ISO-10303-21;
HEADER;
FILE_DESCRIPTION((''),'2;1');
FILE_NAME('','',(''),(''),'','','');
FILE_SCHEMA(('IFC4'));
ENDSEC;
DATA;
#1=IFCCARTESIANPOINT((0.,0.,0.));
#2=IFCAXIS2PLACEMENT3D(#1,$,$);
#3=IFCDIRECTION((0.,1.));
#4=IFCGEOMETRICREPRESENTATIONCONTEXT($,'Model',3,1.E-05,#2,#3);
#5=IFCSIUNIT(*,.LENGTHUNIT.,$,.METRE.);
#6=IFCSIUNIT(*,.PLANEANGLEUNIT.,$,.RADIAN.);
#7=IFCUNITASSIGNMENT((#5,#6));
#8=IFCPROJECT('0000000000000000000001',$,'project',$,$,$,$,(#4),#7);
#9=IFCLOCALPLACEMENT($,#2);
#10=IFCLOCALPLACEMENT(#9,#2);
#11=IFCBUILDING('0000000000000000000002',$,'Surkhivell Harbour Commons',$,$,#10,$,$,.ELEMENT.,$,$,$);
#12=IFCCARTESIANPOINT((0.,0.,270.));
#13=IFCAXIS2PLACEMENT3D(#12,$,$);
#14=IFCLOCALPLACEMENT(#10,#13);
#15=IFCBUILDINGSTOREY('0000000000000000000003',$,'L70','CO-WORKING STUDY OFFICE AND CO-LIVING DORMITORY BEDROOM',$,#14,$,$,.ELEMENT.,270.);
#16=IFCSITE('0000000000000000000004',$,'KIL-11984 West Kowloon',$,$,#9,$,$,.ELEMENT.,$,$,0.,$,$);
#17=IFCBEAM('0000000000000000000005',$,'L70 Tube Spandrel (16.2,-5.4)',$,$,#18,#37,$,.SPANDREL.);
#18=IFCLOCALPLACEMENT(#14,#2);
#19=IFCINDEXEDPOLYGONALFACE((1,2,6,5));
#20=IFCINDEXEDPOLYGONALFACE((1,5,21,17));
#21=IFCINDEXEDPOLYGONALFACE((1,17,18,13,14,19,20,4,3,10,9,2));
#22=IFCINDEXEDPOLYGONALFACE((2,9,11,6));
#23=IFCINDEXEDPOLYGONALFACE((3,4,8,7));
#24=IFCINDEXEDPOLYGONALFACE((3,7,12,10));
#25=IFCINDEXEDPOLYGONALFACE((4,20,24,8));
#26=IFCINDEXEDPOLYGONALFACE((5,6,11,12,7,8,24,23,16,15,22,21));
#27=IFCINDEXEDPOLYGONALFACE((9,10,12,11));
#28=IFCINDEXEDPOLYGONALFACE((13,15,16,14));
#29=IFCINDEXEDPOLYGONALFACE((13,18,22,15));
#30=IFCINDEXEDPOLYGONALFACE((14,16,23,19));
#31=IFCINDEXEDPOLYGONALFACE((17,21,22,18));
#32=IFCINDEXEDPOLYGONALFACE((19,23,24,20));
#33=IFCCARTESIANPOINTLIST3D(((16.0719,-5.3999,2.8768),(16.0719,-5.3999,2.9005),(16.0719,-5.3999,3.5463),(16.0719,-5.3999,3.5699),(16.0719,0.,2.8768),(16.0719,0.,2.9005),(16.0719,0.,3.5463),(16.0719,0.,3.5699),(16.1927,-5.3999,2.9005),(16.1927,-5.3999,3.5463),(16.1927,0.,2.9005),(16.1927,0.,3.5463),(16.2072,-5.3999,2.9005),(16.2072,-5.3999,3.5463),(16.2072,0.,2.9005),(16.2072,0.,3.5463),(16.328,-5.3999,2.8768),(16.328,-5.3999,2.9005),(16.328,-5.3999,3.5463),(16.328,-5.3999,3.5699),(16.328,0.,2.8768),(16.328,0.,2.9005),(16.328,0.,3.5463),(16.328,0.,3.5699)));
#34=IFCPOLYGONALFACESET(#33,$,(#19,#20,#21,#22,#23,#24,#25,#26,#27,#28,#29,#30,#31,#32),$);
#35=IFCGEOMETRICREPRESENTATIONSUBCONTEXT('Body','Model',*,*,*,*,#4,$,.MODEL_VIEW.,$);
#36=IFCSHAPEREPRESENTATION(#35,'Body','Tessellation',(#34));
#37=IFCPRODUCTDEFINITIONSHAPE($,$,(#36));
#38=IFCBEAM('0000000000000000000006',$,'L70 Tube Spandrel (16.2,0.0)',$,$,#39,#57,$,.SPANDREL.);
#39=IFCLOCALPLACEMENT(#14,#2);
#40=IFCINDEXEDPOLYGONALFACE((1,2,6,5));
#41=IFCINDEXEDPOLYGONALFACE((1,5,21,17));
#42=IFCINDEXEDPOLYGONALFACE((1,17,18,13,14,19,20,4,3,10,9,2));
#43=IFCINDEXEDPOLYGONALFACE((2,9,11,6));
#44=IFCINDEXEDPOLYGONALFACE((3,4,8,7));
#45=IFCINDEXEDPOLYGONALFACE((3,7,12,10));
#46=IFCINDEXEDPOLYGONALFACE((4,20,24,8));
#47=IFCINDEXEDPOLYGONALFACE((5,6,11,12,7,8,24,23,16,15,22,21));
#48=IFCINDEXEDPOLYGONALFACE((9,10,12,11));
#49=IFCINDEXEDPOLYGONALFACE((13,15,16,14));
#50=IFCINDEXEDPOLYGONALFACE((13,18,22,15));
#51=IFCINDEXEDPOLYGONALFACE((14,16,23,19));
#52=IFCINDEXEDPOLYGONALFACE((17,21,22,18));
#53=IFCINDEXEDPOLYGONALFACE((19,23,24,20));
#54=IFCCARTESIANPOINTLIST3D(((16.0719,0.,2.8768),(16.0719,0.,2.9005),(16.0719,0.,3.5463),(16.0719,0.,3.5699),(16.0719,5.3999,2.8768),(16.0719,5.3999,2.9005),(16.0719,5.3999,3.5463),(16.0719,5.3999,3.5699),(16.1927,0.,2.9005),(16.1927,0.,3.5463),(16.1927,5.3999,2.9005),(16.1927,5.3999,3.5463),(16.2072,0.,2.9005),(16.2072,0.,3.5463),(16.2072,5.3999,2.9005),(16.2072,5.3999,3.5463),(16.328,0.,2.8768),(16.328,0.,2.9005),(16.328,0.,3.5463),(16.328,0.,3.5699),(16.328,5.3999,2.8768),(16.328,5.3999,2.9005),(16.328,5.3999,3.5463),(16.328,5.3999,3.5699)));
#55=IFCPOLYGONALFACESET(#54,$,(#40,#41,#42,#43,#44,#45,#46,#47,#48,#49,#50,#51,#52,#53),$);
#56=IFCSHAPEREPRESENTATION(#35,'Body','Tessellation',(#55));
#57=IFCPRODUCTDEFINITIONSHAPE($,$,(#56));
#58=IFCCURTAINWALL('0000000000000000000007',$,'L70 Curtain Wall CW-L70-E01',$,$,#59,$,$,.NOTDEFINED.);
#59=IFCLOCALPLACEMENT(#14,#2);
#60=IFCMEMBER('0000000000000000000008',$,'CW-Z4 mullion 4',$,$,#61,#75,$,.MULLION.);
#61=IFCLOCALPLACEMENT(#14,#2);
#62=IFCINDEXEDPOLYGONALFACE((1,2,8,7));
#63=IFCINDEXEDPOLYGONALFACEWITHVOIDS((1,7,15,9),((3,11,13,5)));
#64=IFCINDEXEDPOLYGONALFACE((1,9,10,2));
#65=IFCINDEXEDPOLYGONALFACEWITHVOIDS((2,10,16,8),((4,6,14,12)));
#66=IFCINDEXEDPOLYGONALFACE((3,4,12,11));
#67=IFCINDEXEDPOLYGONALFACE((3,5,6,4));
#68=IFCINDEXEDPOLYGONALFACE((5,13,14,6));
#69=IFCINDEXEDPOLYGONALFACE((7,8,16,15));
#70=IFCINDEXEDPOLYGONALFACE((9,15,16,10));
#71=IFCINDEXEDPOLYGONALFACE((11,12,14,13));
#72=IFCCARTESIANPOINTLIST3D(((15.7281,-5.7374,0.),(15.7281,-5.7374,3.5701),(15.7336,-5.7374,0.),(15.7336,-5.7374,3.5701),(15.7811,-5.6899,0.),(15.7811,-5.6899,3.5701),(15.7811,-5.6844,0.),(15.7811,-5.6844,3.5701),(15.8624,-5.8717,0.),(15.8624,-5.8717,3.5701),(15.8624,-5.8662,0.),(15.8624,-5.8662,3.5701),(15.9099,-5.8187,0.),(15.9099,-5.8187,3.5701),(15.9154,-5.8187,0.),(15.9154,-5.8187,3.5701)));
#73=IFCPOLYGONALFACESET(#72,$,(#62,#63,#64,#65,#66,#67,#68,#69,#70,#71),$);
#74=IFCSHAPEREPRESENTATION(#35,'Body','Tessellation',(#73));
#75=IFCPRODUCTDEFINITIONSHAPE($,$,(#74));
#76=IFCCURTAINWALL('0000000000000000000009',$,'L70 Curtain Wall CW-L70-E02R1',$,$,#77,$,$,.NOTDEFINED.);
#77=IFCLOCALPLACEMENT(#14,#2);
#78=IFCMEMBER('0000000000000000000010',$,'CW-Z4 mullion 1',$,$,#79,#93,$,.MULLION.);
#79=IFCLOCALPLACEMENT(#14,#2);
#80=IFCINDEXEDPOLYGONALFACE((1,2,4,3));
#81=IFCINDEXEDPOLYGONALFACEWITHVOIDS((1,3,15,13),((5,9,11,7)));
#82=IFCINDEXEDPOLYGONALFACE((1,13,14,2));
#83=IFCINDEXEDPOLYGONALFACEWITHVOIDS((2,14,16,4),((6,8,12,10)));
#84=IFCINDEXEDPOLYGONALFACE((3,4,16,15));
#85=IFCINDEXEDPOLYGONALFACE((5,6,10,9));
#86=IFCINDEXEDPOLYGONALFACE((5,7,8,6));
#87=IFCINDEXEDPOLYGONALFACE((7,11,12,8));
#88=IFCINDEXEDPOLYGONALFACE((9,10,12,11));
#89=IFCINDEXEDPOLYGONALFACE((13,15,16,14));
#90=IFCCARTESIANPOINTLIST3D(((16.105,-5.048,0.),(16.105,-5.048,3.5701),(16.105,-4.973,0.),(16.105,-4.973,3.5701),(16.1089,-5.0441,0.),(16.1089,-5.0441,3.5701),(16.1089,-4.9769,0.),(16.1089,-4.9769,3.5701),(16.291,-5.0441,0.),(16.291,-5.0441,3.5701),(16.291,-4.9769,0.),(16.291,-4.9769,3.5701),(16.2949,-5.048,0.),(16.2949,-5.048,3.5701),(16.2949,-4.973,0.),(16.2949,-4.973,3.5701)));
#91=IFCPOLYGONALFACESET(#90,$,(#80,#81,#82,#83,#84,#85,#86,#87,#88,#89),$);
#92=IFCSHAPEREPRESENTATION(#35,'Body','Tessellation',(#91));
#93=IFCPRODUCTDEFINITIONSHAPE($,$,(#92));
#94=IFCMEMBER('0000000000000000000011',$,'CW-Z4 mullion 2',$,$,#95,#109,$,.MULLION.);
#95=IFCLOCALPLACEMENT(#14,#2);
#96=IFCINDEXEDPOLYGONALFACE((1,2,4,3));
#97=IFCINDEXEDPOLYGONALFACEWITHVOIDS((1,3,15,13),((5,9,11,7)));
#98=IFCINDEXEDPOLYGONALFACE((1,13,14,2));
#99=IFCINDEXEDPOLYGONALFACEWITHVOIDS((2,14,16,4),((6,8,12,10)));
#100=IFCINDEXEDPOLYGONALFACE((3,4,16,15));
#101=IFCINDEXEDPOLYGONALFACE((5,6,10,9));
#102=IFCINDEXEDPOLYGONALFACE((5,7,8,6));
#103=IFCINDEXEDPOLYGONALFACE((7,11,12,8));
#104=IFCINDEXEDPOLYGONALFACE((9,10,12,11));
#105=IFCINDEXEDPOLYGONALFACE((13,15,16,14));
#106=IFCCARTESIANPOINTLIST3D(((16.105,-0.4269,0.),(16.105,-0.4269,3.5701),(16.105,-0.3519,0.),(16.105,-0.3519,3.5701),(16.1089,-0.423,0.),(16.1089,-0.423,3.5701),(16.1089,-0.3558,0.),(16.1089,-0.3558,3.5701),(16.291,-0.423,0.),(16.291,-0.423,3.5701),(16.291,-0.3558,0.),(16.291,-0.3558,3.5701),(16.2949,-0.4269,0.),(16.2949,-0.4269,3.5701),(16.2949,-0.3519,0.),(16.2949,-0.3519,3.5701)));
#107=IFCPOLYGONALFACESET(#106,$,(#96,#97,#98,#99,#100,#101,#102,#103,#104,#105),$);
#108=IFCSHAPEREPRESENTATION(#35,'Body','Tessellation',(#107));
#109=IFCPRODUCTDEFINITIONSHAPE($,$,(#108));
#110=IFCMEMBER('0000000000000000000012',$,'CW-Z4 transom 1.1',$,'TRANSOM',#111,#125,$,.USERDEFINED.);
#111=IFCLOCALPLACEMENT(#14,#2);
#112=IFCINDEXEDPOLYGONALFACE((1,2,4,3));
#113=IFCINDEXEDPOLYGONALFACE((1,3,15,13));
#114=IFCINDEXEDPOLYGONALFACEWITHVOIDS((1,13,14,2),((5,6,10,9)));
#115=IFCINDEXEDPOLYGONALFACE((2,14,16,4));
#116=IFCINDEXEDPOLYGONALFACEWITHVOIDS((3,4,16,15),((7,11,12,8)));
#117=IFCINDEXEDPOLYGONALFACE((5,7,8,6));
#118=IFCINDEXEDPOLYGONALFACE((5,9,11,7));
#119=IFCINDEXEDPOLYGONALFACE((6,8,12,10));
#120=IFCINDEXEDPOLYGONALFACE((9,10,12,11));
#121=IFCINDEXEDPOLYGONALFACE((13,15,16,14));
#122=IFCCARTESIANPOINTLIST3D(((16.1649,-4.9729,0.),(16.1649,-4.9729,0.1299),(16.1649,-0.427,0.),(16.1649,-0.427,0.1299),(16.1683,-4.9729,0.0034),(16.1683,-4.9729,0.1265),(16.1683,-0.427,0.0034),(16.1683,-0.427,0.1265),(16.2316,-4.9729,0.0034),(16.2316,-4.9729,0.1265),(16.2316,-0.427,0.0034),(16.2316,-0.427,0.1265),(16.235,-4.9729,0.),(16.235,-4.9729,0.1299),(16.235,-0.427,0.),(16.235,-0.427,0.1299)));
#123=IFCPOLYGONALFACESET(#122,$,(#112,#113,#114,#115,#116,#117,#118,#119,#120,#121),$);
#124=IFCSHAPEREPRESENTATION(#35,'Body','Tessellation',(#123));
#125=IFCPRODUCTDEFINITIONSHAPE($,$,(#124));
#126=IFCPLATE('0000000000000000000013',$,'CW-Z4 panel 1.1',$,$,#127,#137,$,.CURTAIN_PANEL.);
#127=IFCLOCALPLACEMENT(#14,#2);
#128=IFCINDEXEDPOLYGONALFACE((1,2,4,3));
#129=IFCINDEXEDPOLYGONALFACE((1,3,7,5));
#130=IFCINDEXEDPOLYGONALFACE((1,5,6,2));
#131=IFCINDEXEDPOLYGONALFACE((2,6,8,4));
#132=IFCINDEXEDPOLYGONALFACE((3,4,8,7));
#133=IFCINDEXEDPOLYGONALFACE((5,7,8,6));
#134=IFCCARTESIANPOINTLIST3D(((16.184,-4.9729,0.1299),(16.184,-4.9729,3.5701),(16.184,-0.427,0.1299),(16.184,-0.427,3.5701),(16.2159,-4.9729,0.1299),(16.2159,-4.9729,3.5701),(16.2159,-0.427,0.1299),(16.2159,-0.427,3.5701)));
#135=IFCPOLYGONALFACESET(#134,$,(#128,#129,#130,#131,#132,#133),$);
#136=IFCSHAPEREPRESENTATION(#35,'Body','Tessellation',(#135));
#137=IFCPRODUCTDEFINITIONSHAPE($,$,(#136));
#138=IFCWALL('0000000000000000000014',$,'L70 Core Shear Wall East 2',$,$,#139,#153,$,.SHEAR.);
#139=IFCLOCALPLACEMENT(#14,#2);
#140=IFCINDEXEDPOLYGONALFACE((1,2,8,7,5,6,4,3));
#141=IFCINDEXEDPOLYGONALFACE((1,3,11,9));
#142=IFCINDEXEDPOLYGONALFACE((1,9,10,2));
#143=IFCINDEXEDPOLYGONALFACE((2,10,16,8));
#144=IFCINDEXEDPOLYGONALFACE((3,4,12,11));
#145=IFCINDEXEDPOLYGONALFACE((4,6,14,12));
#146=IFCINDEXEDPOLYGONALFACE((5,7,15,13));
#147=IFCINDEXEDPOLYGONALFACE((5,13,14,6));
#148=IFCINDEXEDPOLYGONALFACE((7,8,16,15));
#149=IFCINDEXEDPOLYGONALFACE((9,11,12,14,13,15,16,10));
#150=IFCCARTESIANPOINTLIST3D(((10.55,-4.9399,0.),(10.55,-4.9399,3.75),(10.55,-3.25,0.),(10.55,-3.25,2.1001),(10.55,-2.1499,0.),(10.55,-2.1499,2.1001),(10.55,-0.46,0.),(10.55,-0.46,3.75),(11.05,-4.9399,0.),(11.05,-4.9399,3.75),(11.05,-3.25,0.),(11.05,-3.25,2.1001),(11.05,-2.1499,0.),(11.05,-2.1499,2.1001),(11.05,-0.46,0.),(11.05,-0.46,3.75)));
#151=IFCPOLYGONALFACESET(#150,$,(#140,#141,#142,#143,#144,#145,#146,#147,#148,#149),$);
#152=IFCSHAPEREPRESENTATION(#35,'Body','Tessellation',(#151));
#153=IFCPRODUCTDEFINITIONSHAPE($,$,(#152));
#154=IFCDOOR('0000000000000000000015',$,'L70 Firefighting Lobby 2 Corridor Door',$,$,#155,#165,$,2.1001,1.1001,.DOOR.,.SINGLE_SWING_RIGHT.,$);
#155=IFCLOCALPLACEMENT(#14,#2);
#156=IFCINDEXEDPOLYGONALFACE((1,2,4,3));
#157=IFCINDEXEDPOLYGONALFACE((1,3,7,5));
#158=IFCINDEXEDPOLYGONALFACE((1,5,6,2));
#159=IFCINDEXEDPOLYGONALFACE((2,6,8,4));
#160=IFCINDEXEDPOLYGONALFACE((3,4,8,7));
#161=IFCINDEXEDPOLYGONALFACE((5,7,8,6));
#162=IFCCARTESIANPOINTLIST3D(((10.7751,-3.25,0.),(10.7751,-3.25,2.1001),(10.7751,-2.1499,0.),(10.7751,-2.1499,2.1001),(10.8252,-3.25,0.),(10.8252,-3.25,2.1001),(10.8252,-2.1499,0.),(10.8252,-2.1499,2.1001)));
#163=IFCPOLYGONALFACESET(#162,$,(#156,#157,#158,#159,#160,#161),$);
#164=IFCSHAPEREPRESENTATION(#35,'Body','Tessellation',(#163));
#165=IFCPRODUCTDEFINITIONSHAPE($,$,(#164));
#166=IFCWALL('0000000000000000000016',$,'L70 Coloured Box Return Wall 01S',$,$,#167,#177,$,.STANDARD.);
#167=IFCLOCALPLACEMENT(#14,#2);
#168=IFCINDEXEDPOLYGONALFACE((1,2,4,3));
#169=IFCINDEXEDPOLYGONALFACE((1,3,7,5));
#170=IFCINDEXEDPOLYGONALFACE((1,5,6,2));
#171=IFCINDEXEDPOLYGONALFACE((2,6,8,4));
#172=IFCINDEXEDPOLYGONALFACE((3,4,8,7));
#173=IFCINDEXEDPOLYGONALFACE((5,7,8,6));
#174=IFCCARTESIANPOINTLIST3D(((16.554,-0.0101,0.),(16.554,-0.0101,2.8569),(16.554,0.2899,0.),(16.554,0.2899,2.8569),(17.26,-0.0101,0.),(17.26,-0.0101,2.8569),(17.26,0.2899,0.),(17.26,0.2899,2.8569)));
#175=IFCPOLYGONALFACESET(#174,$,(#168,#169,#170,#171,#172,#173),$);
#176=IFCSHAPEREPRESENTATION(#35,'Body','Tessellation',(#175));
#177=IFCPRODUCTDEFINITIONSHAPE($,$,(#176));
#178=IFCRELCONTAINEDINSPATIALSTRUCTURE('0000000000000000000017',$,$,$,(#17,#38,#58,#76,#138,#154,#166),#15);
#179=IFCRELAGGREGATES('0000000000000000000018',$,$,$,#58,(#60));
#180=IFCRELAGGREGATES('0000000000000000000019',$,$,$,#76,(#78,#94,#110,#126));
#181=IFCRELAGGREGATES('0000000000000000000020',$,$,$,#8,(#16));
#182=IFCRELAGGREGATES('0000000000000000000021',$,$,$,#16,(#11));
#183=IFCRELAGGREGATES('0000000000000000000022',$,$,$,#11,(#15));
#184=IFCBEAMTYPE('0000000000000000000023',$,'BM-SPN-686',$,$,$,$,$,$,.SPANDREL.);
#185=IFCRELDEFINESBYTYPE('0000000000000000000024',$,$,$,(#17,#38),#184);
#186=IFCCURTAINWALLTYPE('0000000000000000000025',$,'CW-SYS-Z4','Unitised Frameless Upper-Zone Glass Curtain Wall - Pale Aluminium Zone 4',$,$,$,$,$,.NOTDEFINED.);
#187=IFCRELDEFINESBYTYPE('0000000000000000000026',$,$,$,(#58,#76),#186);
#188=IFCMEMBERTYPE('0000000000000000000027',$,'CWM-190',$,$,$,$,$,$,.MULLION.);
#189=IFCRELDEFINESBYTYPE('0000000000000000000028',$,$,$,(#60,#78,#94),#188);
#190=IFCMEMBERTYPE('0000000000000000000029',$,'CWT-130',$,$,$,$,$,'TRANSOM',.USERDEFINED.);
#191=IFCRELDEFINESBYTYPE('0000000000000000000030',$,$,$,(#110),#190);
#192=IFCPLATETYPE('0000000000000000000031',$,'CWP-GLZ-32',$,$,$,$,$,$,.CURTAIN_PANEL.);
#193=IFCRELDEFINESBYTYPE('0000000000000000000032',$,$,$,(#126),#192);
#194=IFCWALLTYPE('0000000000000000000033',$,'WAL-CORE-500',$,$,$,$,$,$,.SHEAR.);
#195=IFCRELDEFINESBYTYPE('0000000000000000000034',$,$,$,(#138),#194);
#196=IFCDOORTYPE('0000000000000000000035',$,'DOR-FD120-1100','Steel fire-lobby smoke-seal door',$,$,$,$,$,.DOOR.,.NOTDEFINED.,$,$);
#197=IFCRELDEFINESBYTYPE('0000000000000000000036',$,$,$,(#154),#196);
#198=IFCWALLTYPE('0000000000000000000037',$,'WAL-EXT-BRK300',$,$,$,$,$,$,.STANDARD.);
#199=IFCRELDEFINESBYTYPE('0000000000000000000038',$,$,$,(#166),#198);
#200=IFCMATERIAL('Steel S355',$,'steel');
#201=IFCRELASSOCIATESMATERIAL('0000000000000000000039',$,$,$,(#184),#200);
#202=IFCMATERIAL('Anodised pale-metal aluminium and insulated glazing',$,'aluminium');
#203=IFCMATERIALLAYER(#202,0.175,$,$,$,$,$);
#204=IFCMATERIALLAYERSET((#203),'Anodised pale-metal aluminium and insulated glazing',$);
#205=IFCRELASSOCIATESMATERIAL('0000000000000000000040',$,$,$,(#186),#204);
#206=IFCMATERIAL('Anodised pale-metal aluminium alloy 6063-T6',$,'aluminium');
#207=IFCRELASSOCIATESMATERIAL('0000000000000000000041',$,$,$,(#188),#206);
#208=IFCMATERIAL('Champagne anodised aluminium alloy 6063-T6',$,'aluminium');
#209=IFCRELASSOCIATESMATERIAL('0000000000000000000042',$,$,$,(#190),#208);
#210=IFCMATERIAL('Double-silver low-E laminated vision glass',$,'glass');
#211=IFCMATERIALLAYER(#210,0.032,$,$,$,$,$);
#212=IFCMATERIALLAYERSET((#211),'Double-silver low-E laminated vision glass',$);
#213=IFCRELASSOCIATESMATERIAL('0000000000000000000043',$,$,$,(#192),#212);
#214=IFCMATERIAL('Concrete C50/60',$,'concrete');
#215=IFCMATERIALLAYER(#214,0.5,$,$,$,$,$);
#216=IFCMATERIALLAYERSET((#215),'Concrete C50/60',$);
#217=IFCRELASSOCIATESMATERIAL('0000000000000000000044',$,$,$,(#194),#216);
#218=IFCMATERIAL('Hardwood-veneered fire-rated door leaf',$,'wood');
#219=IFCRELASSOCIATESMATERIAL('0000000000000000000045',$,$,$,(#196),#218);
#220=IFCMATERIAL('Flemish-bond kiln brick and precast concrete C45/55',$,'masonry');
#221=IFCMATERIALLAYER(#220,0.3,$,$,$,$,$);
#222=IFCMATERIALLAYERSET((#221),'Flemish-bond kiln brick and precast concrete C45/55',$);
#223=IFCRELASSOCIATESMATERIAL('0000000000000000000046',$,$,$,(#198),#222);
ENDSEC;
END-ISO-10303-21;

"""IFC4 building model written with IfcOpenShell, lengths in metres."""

from ifc_helpers import new_model, si_unit, direction, frame, frame_2d, origin, origin_2d, place, context, subcontext, project, spatial, rectangle, hollow_rectangle, i_section, extrude, material, layer, layer_set, material_profile, profile_set, type_object, element, fill, aggregate, save


model = new_model("IFC4")

# Units and contexts
model_context = context("Model", 3, precision=1e-05, world=origin(), true_north=direction((0.0, 1.0)))
body_context = subcontext(model_context, "Body", "Model", "MODEL_VIEW")
ifc_project = project(units=[si_unit("LENGTHUNIT", "METRE"), si_unit("PLANEANGLEUNIT", "RADIAN")], contexts=[model_context])

# Site, building, storey
site_placement = place(None, origin())
site = spatial("IfcSite", under=ifc_project, at=site_placement, Name="KIL-11984 West Kowloon", CompositionType="ELEMENT", RefElevation=0.0)
building_placement = place(site_placement, origin())
building = spatial("IfcBuilding", under=site, at=building_placement, Name="Surkhivell Harbour Commons", CompositionType="ELEMENT")
storey_placement = place(building_placement, frame((0.0, 0.0, 270.0)))
storey = spatial("IfcBuildingStorey", under=building, at=storey_placement, Name="L70", Description="CO-WORKING STUDY OFFICE AND CO-LIVING DORMITORY BEDROOM", CompositionType="ELEMENT", Elevation=270.0)

# Shared definitions
ifc_material_1 = material(Name="Concrete C50/60", Category="concrete")

# Beams
ifc_material_2 = material(Name="Steel S355", Category="steel")
ifc_material_profile_1 = material_profile(ifc_material_2, i_section(OverallWidth=0.2561, OverallDepth=0.6931, WebThickness=0.0144, FlangeThickness=0.0237, at=origin_2d()), Name="UB686x254x170")
ifc_profile_set_1 = profile_set([ifc_material_profile_1], Name="Steel S355")
beam_type_1 = type_object("IfcBeamType", Name="BM-SPN-686", PredefinedType="SPANDREL", material=ifc_profile_set_1)
for number, where, z_axis, x_axis, name in (
    (1, (16.2, -5.3999, 3.2234), (0.0, 1.0, 0.0), (-1.0, 0.0, 0.0), "L70 Tube Spandrel (16.2,-5.4)"),
    (2, (16.2, 0.0, 3.2234), (0.0, 1.0, 0.0), (-1.0, 0.0, 0.0), "L70 Tube Spandrel (16.2,0.0)"),
):
    element("IfcBeam", number, at=place(storey_placement, frame(where, z_axis=z_axis, x_axis=x_axis)), inside=storey, type_object=beam_type_1, Name=name, PredefinedType="SPANDREL", context=body_context, shape_type="SweptSolid", body=[
        extrude(i_section(OverallWidth=0.2561, OverallDepth=0.6931, WebThickness=0.0144, FlangeThickness=0.0237, at=origin_2d()), origin(), (0.0, 0.0, 1.0), 5.3999),
    ])

# Curtain wall, member
ifc_material_3 = material(Name="Anodised pale-metal aluminium and insulated glazing", Category="aluminium")
ifc_layer_1 = layer(ifc_material_3, 0.175)
ifc_layer_set_1 = layer_set([ifc_layer_1], Name="Anodised pale-metal aluminium and insulated glazing")
curtain_wall_type = type_object("IfcCurtainWallType", Name="CW-SYS-Z4", Description="Unitised Frameless Upper-Zone Glass Curtain Wall - Pale Aluminium Zone 4", PredefinedType="NOTDEFINED", material=ifc_layer_set_1)
curtain_wall_1_placement = place(storey_placement, origin())
curtain_wall_1 = element("IfcCurtainWall", 3, at=curtain_wall_1_placement, inside=storey, type_object=curtain_wall_type, Name="L70 Curtain Wall CW-L70-E01", PredefinedType="NOTDEFINED")
ifc_material_4 = material(Name="Anodised pale-metal aluminium alloy 6063-T6", Category="aluminium")
ifc_material_profile_2 = material_profile(ifc_material_4, hollow_rectangle(XDim=0.075, YDim=0.1899, WallThickness=0.0039, at=origin_2d()), Name="ALU-MULL-75x190")
ifc_profile_set_2 = profile_set([ifc_material_profile_2], Name="Anodised pale-metal aluminium alloy 6063-T6")
member_type_1 = type_object("IfcMemberType", Name="CWM-190", PredefinedType="MULLION", material=ifc_profile_set_2)
member_1_placement = place(storey_placement, frame((15.8218, -5.7781, 0.0), z_axis=(0.0, 0.0, 1.0), x_axis=(0.707107, 0.707107, 0.0)))
member_1 = element("IfcMember", 4, at=member_1_placement, type_object=member_type_1, Name="CW-Z4 mullion 4", PredefinedType="MULLION", context=body_context, shape_type="SweptSolid", body=[
    extrude(hollow_rectangle(XDim=0.075, YDim=0.1899, WallThickness=0.0039, at=origin_2d()), origin(), (0.0, 0.0, 1.0), 3.5701),
])
aggregate(curtain_wall_1, [member_1])

# Curtain wall, members, plate
curtain_wall_2_placement = place(storey_placement, origin())
curtain_wall_2 = element("IfcCurtainWall", 5, at=curtain_wall_2_placement, inside=storey, type_object=curtain_wall_type, Name="L70 Curtain Wall CW-L70-E02R1", PredefinedType="NOTDEFINED")
member_2_placement = place(storey_placement, frame((16.2, -5.0105, 0.0), z_axis=(0.0, 0.0, 1.0), x_axis=(0.0, 1.0, 0.0)))
member_2 = element("IfcMember", 6, at=member_2_placement, type_object=member_type_1, Name="CW-Z4 mullion 1", PredefinedType="MULLION", context=body_context, shape_type="SweptSolid", body=[
    extrude(hollow_rectangle(XDim=0.075, YDim=0.1899, WallThickness=0.0039, at=origin_2d()), origin(), (0.0, 0.0, 1.0), 3.5701),
])
member_3_placement = place(storey_placement, frame((16.2, -0.3894, 0.0), z_axis=(0.0, 0.0, 1.0), x_axis=(0.0, 1.0, 0.0)))
member_3 = element("IfcMember", 7, at=member_3_placement, type_object=member_type_1, Name="CW-Z4 mullion 2", PredefinedType="MULLION", context=body_context, shape_type="SweptSolid", body=[
    extrude(hollow_rectangle(XDim=0.075, YDim=0.1899, WallThickness=0.0039, at=origin_2d()), origin(), (0.0, 0.0, 1.0), 3.5701),
])
ifc_material_5 = material(Name="Champagne anodised aluminium alloy 6063-T6", Category="aluminium")
ifc_material_profile_3 = material_profile(ifc_material_5, hollow_rectangle(XDim=0.0701, YDim=0.1299, WallThickness=0.0034, at=origin_2d()), Name="ALU-TRAN-70x130")
ifc_profile_set_3 = profile_set([ifc_material_profile_3], Name="Champagne anodised aluminium alloy 6063-T6")
member_type_2 = type_object("IfcMemberType", Name="CWT-130", ElementType="TRANSOM", PredefinedType="USERDEFINED", material=ifc_profile_set_3)
member_4_placement = place(storey_placement, frame((16.2, -4.9729, 0.0649), z_axis=(0.0, 1.0, 0.0), x_axis=(-1.0, 0.0, 0.0)))
member_4 = element("IfcMember", 8, at=member_4_placement, type_object=member_type_2, Name="CW-Z4 transom 1.1", ObjectType="TRANSOM", PredefinedType="USERDEFINED", context=body_context, shape_type="SweptSolid", body=[
    extrude(hollow_rectangle(XDim=0.0701, YDim=0.1299, WallThickness=0.0034, at=origin_2d()), origin(), (0.0, 0.0, 1.0), 4.5459),
])
ifc_material_6 = material(Name="Double-silver low-E laminated vision glass", Category="glass")
ifc_layer_2 = layer(ifc_material_6, 0.032)
ifc_layer_set_2 = layer_set([ifc_layer_2], Name="Double-silver low-E laminated vision glass")
plate_type = type_object("IfcPlateType", Name="CWP-GLZ-32", PredefinedType="CURTAIN_PANEL", material=ifc_layer_set_2)
plate_placement = place(storey_placement, frame((16.2, -4.9729, 0.1299), z_axis=(0.0, 0.0, 1.0), x_axis=(0.0, 1.0, 0.0)))
plate = element("IfcPlate", 9, at=plate_placement, type_object=plate_type, Name="CW-Z4 panel 1.1", PredefinedType="CURTAIN_PANEL", context=body_context, shape_type="SweptSolid", body=[
    extrude(rectangle(XDim=4.5459, YDim=0.032, at=frame_2d((2.2729, 0.0))), origin(), (0.0, 0.0, 1.0), 3.4402),
])
aggregate(curtain_wall_2, [member_2, member_3, member_4, plate])

# Wall, opening, door
ifc_layer_3 = layer(ifc_material_1, 0.5)
ifc_layer_set_3 = layer_set([ifc_layer_3], Name="Concrete C50/60")
wall_type_1 = type_object("IfcWallType", Name="WAL-CORE-500", PredefinedType="SHEAR", material=ifc_layer_set_3)
wall_1_placement = place(storey_placement, frame((10.8, -4.9399, 0.0), z_axis=(0.0, 0.0, 1.0), x_axis=(0.0, 1.0, 0.0)))
wall_1 = element("IfcWall", 10, at=wall_1_placement, inside=storey, type_object=wall_type_1, Name="L70 Core Shear Wall East 2", PredefinedType="SHEAR", context=body_context, shape_type="SweptSolid", body=[
    extrude(rectangle(XDim=4.48, YDim=0.5, at=frame_2d((2.24, 0.0))), origin(), (0.0, 0.0, 1.0), 3.75),
])
opening_placement = place(wall_1_placement, frame((1.6899, 0.0, 0.0)))
opening = element("IfcOpeningElement", 11, at=opening_placement, cuts=wall_1, PredefinedType="OPENING", context=body_context, shape_type="SweptSolid", body=[
    extrude(rectangle(XDim=1.1001, YDim=2.1001, at=frame_2d((0.55, 1.05))), frame((0.0, 0.26, 0.0), z_axis=(0.0, -1.0, 0.0), x_axis=(1.0, 0.0, 0.0)), (0.0, 0.0, 1.0), 0.52),
])
ifc_material_7 = material(Name="Hardwood-veneered fire-rated door leaf", Category="wood")
door_type = type_object("IfcDoorType", Name="DOR-FD120-1100", Description="Steel fire-lobby smoke-seal door", OperationType="NOTDEFINED", PredefinedType="DOOR", material=ifc_material_7)
door_placement = place(opening_placement, origin())
door = element("IfcDoor", 12, at=door_placement, inside=storey, type_object=door_type, Name="L70 Firefighting Lobby 2 Corridor Door", OperationType="SINGLE_SWING_RIGHT", OverallHeight=2.1001, OverallWidth=1.1001, PredefinedType="DOOR", context=body_context, shape_type="SweptSolid", body=[
    extrude(rectangle(XDim=1.1001, YDim=2.1001, at=frame_2d((0.55, 1.05))), frame((0.0, 0.0249, 0.0), z_axis=(0.0, -1.0, 0.0), x_axis=(1.0, 0.0, 0.0)), (0.0, 0.0, 1.0), 0.05),
])
fill(opening, door)

# Wall
ifc_material_8 = material(Name="Flemish-bond kiln brick and precast concrete C45/55", Category="masonry")
ifc_layer_4 = layer(ifc_material_8, 0.3)
ifc_layer_set_4 = layer_set([ifc_layer_4], Name="Flemish-bond kiln brick and precast concrete C45/55")
wall_type_2 = type_object("IfcWallType", Name="WAL-EXT-BRK300", PredefinedType="STANDARD", material=ifc_layer_set_4)
wall_2_placement = place(storey_placement, frame((16.554, 0.1399, 0.0), z_axis=(0.0, 0.0, 1.0), x_axis=(1.0, 0.0, 0.0)))
element("IfcWall", 13, at=wall_2_placement, inside=storey, type_object=wall_type_2, Name="L70 Coloured Box Return Wall 01S", PredefinedType="STANDARD", context=body_context, shape_type="SweptSolid", body=[
    extrude(rectangle(XDim=0.7061, YDim=0.3, at=frame_2d((0.353, 0.0))), origin(), (0.0, 0.0, 1.0), 2.8569),
])

save(model, "model.ifc")
